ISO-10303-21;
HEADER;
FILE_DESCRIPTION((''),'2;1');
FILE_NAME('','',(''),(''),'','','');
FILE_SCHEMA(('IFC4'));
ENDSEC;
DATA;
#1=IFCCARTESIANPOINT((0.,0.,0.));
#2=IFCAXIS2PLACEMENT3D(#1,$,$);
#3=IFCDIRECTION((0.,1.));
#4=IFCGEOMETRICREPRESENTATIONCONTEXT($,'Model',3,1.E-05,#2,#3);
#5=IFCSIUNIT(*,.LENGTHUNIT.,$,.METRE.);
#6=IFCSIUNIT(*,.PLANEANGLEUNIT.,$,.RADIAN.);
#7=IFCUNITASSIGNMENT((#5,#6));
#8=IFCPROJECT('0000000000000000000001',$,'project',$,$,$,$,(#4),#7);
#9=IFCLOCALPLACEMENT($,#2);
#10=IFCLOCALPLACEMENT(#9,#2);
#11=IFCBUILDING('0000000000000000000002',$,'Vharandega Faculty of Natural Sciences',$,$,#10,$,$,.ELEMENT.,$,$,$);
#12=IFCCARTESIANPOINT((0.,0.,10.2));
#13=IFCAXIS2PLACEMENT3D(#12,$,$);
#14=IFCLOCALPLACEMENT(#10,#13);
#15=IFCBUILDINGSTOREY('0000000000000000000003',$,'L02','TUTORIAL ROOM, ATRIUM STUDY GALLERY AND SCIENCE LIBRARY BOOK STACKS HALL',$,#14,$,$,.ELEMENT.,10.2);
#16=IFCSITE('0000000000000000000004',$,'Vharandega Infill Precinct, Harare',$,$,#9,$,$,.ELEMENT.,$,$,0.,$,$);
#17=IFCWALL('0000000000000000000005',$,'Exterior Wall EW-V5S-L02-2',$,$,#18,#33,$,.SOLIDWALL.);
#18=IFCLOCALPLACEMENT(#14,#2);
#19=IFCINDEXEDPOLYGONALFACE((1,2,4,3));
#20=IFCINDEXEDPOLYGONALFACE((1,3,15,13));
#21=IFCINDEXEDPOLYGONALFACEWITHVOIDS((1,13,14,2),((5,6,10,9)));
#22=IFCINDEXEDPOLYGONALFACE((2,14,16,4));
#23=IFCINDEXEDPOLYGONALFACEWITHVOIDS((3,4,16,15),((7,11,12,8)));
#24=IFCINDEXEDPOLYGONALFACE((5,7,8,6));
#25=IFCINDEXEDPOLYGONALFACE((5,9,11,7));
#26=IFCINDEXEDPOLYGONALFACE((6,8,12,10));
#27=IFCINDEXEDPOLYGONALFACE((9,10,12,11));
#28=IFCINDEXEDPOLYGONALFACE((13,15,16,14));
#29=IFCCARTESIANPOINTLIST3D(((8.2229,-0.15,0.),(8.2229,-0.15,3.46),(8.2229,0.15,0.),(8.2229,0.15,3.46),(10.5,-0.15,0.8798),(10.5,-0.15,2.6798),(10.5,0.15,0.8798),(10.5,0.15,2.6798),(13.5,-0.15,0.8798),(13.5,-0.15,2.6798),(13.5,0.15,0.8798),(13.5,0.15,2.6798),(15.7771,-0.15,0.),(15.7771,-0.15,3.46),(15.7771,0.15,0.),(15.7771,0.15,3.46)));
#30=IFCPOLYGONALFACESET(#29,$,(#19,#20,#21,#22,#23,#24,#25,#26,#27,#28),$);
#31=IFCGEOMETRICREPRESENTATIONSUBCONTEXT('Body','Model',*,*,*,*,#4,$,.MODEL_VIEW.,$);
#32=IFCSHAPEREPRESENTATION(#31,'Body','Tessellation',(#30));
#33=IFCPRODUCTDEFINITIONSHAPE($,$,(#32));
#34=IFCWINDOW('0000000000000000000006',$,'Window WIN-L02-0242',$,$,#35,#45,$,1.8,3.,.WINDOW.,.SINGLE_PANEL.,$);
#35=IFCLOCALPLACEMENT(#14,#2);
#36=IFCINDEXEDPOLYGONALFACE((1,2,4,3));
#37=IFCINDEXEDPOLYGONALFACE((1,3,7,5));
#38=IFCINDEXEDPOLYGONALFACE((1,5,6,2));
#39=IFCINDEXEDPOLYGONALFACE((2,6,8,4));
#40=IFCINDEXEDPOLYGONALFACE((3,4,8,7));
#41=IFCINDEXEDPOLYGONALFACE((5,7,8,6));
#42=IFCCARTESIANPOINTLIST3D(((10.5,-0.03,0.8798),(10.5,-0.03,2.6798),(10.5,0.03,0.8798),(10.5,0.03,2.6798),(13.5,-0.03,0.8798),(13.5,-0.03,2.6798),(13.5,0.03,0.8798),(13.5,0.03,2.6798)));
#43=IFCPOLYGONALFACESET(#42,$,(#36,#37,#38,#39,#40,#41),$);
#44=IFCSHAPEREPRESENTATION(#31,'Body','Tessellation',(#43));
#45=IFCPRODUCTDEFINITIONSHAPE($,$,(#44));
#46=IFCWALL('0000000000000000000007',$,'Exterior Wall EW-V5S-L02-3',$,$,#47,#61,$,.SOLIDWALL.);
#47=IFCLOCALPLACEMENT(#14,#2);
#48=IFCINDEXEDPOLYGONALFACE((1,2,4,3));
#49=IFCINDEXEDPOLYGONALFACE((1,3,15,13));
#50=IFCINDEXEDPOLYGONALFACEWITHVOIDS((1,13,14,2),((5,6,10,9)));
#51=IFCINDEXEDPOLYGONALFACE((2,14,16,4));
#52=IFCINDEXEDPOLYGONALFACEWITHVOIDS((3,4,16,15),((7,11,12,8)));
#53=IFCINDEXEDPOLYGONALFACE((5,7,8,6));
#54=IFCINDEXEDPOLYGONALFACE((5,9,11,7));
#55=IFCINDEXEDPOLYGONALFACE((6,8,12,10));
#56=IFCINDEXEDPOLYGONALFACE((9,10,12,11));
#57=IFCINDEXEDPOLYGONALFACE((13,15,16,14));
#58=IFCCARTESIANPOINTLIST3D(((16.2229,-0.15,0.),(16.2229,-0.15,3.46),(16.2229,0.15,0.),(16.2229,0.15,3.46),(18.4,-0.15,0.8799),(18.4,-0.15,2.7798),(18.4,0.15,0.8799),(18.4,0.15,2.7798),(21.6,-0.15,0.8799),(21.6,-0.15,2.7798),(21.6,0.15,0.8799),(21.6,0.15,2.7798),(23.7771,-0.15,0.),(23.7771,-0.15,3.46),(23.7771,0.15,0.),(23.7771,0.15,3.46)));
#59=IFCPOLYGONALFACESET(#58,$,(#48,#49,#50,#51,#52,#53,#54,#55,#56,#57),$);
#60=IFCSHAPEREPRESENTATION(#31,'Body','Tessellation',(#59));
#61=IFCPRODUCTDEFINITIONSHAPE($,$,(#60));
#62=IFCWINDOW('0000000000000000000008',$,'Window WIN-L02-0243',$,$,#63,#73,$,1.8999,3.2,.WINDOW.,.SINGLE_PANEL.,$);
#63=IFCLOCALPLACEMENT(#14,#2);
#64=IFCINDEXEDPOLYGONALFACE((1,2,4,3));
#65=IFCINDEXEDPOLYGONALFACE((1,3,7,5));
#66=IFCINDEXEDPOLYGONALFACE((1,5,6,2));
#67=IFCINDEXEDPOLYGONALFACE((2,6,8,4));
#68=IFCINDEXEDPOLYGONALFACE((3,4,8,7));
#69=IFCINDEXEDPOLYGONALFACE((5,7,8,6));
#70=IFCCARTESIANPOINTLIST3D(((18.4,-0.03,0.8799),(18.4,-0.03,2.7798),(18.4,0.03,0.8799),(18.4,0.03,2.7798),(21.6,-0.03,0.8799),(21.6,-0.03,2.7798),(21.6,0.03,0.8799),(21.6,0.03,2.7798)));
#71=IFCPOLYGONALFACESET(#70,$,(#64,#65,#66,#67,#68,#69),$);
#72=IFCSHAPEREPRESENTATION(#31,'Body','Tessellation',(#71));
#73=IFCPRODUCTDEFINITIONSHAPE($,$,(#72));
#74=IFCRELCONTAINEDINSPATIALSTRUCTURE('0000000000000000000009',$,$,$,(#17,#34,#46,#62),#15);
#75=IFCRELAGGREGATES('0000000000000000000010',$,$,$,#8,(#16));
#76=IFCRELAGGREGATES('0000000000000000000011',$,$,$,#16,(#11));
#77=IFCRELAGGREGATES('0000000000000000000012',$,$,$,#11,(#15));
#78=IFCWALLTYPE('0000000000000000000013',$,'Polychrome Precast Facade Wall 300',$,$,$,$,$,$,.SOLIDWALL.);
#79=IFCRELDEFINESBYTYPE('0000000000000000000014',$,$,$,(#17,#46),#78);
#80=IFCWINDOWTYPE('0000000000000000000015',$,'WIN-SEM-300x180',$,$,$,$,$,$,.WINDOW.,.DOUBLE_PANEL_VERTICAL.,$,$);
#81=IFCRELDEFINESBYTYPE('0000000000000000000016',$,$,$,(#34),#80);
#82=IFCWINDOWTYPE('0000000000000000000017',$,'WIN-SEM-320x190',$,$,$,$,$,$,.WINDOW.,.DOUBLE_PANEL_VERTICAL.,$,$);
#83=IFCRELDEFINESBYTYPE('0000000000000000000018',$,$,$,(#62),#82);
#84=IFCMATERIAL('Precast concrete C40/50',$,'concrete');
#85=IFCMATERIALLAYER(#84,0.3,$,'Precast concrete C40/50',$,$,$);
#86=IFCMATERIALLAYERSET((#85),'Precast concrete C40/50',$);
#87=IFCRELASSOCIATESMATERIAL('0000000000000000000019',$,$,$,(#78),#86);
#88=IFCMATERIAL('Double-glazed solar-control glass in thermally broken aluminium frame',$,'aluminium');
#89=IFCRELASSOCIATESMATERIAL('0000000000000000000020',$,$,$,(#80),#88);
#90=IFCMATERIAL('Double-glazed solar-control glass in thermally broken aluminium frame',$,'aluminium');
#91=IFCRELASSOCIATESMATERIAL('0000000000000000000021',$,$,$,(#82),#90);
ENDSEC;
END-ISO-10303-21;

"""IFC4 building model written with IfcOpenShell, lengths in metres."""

from ifc_helpers import new_model, si_unit, direction, frame, frame_2d, origin, place, context, subcontext, project, spatial, rectangle, extrude, material, layer, layer_set, type_object, element, fill, save


model = new_model("IFC4")

# Units and contexts
model_context = context("Model", 3, precision=1e-05, world=origin(), true_north=direction((0.0, 1.0)))
body_context = subcontext(model_context, "Body", "Model", "MODEL_VIEW")
ifc_project = project(units=[si_unit("LENGTHUNIT", "METRE"), si_unit("PLANEANGLEUNIT", "RADIAN")], contexts=[model_context])

# Site, building, storey
site_placement = place(None, origin())
site = spatial("IfcSite", under=ifc_project, at=site_placement, Name="Vharandega Infill Precinct, Harare", CompositionType="ELEMENT", RefElevation=0.0)
building_placement = place(site_placement, origin())
building = spatial("IfcBuilding", under=site, at=building_placement, Name="Vharandega Faculty of Natural Sciences", CompositionType="ELEMENT")
storey_placement = place(building_placement, frame((0.0, 0.0, 10.2)))
storey = spatial("IfcBuildingStorey", under=building, at=storey_placement, Name="L02", Description="TUTORIAL ROOM, ATRIUM STUDY GALLERY AND SCIENCE LIBRARY BOOK STACKS HALL", CompositionType="ELEMENT", Elevation=10.2)

# Walls, openings, windows
ifc_material_1 = material(Name="Precast concrete C40/50", Category="concrete")
ifc_layer_1 = layer(ifc_material_1, 0.3, Name="Precast concrete C40/50")
ifc_layer_set_1 = layer_set([ifc_layer_1], Name="Precast concrete C40/50")
wall_type_1 = type_object("IfcWallType", Name="Polychrome Precast Facade Wall 300", PredefinedType="SOLIDWALL", material=ifc_layer_set_1)
wall_1_placement = place(storey_placement, frame((15.7771, 0.0, 0.0), z_axis=(0.0, 0.0, 1.0), x_axis=(-1.0, 0.0, 0.0)))
wall_1 = element("IfcWall", 1, at=wall_1_placement, inside=storey, type_object=wall_type_1, Name="Exterior Wall EW-V5S-L02-2", PredefinedType="SOLIDWALL", context=body_context, shape_type="SweptSolid", body=[
    extrude(rectangle(XDim=7.5542, YDim=0.3, at=frame_2d((3.7771, 0.0))), origin(), (0.0, 0.0, 1.0), 3.46),
])
opening_1_placement = place(wall_1_placement, frame((2.2771, 0.0, 0.8799)))
opening_1 = element("IfcOpeningElement", 2, at=opening_1_placement, cuts=wall_1, PredefinedType="OPENING", context=body_context, shape_type="SweptSolid", body=[
    extrude(rectangle(XDim=3.0, YDim=1.8, at=frame_2d((1.5, 0.8999))), frame((0.0, 0.1602, 0.0), z_axis=(0.0, -1.0, 0.0), x_axis=(1.0, 0.0, 0.0)), (0.0, 0.0, 1.0), 0.3201),
])
ifc_material_2 = material(Name="Double-glazed solar-control glass in thermally broken aluminium frame", Category="aluminium")
window_type_1 = type_object("IfcWindowType", Name="WIN-SEM-300x180", PartitioningType="DOUBLE_PANEL_VERTICAL", PredefinedType="WINDOW", material=ifc_material_2)
window_1_placement = place(opening_1_placement, origin())
window_1 = element("IfcWindow", 3, at=window_1_placement, inside=storey, type_object=window_type_1, Name="Window WIN-L02-0242", OverallHeight=1.8, OverallWidth=3.0, PartitioningType="SINGLE_PANEL", PredefinedType="WINDOW", context=body_context, shape_type="SweptSolid", body=[
    extrude(rectangle(XDim=3.0, YDim=1.8, at=frame_2d((1.5, 0.8999))), frame((0.0, 0.03, 0.0), z_axis=(0.0, -1.0, 0.0), x_axis=(1.0, 0.0, 0.0)), (0.0, 0.0, 1.0), 0.0601),
])
fill(opening_1, window_1)
wall_2_placement = place(storey_placement, frame((23.7771, 0.0, 0.0), z_axis=(0.0, 0.0, 1.0), x_axis=(-1.0, 0.0, 0.0)))
wall_2 = element("IfcWall", 4, at=wall_2_placement, inside=storey, type_object=wall_type_1, Name="Exterior Wall EW-V5S-L02-3", PredefinedType="SOLIDWALL", context=body_context, shape_type="SweptSolid", body=[
    extrude(rectangle(XDim=7.5542, YDim=0.3, at=frame_2d((3.7771, 0.0))), origin(), (0.0, 0.0, 1.0), 3.46),
])
opening_2_placement = place(wall_2_placement, frame((2.177, 0.0, 0.8799)))
opening_2 = element("IfcOpeningElement", 5, at=opening_2_placement, cuts=wall_2, PredefinedType="OPENING", context=body_context, shape_type="SweptSolid", body=[
    extrude(rectangle(XDim=3.2, YDim=1.8999, at=frame_2d((1.6001, 0.95))), frame((0.0, 0.1602, 0.0), z_axis=(0.0, -1.0, 0.0), x_axis=(1.0, 0.0, 0.0)), (0.0, 0.0, 1.0), 0.3201),
])
ifc_material_3 = material(Name="Double-glazed solar-control glass in thermally broken aluminium frame", Category="aluminium")
window_type_2 = type_object("IfcWindowType", Name="WIN-SEM-320x190", PartitioningType="DOUBLE_PANEL_VERTICAL", PredefinedType="WINDOW", material=ifc_material_3)
window_2_placement = place(opening_2_placement, origin())
window_2 = element("IfcWindow", 6, at=window_2_placement, inside=storey, type_object=window_type_2, Name="Window WIN-L02-0243", OverallHeight=1.8999, OverallWidth=3.2, PartitioningType="SINGLE_PANEL", PredefinedType="WINDOW", context=body_context, shape_type="SweptSolid", body=[
    extrude(rectangle(XDim=3.2, YDim=1.8999, at=frame_2d((1.6001, 0.95))), frame((0.0, 0.03, 0.0), z_axis=(0.0, -1.0, 0.0), x_axis=(1.0, 0.0, 0.0)), (0.0, 0.0, 1.0), 0.0601),
])
fill(opening_2, window_2)

save(model, "model.ifc")
